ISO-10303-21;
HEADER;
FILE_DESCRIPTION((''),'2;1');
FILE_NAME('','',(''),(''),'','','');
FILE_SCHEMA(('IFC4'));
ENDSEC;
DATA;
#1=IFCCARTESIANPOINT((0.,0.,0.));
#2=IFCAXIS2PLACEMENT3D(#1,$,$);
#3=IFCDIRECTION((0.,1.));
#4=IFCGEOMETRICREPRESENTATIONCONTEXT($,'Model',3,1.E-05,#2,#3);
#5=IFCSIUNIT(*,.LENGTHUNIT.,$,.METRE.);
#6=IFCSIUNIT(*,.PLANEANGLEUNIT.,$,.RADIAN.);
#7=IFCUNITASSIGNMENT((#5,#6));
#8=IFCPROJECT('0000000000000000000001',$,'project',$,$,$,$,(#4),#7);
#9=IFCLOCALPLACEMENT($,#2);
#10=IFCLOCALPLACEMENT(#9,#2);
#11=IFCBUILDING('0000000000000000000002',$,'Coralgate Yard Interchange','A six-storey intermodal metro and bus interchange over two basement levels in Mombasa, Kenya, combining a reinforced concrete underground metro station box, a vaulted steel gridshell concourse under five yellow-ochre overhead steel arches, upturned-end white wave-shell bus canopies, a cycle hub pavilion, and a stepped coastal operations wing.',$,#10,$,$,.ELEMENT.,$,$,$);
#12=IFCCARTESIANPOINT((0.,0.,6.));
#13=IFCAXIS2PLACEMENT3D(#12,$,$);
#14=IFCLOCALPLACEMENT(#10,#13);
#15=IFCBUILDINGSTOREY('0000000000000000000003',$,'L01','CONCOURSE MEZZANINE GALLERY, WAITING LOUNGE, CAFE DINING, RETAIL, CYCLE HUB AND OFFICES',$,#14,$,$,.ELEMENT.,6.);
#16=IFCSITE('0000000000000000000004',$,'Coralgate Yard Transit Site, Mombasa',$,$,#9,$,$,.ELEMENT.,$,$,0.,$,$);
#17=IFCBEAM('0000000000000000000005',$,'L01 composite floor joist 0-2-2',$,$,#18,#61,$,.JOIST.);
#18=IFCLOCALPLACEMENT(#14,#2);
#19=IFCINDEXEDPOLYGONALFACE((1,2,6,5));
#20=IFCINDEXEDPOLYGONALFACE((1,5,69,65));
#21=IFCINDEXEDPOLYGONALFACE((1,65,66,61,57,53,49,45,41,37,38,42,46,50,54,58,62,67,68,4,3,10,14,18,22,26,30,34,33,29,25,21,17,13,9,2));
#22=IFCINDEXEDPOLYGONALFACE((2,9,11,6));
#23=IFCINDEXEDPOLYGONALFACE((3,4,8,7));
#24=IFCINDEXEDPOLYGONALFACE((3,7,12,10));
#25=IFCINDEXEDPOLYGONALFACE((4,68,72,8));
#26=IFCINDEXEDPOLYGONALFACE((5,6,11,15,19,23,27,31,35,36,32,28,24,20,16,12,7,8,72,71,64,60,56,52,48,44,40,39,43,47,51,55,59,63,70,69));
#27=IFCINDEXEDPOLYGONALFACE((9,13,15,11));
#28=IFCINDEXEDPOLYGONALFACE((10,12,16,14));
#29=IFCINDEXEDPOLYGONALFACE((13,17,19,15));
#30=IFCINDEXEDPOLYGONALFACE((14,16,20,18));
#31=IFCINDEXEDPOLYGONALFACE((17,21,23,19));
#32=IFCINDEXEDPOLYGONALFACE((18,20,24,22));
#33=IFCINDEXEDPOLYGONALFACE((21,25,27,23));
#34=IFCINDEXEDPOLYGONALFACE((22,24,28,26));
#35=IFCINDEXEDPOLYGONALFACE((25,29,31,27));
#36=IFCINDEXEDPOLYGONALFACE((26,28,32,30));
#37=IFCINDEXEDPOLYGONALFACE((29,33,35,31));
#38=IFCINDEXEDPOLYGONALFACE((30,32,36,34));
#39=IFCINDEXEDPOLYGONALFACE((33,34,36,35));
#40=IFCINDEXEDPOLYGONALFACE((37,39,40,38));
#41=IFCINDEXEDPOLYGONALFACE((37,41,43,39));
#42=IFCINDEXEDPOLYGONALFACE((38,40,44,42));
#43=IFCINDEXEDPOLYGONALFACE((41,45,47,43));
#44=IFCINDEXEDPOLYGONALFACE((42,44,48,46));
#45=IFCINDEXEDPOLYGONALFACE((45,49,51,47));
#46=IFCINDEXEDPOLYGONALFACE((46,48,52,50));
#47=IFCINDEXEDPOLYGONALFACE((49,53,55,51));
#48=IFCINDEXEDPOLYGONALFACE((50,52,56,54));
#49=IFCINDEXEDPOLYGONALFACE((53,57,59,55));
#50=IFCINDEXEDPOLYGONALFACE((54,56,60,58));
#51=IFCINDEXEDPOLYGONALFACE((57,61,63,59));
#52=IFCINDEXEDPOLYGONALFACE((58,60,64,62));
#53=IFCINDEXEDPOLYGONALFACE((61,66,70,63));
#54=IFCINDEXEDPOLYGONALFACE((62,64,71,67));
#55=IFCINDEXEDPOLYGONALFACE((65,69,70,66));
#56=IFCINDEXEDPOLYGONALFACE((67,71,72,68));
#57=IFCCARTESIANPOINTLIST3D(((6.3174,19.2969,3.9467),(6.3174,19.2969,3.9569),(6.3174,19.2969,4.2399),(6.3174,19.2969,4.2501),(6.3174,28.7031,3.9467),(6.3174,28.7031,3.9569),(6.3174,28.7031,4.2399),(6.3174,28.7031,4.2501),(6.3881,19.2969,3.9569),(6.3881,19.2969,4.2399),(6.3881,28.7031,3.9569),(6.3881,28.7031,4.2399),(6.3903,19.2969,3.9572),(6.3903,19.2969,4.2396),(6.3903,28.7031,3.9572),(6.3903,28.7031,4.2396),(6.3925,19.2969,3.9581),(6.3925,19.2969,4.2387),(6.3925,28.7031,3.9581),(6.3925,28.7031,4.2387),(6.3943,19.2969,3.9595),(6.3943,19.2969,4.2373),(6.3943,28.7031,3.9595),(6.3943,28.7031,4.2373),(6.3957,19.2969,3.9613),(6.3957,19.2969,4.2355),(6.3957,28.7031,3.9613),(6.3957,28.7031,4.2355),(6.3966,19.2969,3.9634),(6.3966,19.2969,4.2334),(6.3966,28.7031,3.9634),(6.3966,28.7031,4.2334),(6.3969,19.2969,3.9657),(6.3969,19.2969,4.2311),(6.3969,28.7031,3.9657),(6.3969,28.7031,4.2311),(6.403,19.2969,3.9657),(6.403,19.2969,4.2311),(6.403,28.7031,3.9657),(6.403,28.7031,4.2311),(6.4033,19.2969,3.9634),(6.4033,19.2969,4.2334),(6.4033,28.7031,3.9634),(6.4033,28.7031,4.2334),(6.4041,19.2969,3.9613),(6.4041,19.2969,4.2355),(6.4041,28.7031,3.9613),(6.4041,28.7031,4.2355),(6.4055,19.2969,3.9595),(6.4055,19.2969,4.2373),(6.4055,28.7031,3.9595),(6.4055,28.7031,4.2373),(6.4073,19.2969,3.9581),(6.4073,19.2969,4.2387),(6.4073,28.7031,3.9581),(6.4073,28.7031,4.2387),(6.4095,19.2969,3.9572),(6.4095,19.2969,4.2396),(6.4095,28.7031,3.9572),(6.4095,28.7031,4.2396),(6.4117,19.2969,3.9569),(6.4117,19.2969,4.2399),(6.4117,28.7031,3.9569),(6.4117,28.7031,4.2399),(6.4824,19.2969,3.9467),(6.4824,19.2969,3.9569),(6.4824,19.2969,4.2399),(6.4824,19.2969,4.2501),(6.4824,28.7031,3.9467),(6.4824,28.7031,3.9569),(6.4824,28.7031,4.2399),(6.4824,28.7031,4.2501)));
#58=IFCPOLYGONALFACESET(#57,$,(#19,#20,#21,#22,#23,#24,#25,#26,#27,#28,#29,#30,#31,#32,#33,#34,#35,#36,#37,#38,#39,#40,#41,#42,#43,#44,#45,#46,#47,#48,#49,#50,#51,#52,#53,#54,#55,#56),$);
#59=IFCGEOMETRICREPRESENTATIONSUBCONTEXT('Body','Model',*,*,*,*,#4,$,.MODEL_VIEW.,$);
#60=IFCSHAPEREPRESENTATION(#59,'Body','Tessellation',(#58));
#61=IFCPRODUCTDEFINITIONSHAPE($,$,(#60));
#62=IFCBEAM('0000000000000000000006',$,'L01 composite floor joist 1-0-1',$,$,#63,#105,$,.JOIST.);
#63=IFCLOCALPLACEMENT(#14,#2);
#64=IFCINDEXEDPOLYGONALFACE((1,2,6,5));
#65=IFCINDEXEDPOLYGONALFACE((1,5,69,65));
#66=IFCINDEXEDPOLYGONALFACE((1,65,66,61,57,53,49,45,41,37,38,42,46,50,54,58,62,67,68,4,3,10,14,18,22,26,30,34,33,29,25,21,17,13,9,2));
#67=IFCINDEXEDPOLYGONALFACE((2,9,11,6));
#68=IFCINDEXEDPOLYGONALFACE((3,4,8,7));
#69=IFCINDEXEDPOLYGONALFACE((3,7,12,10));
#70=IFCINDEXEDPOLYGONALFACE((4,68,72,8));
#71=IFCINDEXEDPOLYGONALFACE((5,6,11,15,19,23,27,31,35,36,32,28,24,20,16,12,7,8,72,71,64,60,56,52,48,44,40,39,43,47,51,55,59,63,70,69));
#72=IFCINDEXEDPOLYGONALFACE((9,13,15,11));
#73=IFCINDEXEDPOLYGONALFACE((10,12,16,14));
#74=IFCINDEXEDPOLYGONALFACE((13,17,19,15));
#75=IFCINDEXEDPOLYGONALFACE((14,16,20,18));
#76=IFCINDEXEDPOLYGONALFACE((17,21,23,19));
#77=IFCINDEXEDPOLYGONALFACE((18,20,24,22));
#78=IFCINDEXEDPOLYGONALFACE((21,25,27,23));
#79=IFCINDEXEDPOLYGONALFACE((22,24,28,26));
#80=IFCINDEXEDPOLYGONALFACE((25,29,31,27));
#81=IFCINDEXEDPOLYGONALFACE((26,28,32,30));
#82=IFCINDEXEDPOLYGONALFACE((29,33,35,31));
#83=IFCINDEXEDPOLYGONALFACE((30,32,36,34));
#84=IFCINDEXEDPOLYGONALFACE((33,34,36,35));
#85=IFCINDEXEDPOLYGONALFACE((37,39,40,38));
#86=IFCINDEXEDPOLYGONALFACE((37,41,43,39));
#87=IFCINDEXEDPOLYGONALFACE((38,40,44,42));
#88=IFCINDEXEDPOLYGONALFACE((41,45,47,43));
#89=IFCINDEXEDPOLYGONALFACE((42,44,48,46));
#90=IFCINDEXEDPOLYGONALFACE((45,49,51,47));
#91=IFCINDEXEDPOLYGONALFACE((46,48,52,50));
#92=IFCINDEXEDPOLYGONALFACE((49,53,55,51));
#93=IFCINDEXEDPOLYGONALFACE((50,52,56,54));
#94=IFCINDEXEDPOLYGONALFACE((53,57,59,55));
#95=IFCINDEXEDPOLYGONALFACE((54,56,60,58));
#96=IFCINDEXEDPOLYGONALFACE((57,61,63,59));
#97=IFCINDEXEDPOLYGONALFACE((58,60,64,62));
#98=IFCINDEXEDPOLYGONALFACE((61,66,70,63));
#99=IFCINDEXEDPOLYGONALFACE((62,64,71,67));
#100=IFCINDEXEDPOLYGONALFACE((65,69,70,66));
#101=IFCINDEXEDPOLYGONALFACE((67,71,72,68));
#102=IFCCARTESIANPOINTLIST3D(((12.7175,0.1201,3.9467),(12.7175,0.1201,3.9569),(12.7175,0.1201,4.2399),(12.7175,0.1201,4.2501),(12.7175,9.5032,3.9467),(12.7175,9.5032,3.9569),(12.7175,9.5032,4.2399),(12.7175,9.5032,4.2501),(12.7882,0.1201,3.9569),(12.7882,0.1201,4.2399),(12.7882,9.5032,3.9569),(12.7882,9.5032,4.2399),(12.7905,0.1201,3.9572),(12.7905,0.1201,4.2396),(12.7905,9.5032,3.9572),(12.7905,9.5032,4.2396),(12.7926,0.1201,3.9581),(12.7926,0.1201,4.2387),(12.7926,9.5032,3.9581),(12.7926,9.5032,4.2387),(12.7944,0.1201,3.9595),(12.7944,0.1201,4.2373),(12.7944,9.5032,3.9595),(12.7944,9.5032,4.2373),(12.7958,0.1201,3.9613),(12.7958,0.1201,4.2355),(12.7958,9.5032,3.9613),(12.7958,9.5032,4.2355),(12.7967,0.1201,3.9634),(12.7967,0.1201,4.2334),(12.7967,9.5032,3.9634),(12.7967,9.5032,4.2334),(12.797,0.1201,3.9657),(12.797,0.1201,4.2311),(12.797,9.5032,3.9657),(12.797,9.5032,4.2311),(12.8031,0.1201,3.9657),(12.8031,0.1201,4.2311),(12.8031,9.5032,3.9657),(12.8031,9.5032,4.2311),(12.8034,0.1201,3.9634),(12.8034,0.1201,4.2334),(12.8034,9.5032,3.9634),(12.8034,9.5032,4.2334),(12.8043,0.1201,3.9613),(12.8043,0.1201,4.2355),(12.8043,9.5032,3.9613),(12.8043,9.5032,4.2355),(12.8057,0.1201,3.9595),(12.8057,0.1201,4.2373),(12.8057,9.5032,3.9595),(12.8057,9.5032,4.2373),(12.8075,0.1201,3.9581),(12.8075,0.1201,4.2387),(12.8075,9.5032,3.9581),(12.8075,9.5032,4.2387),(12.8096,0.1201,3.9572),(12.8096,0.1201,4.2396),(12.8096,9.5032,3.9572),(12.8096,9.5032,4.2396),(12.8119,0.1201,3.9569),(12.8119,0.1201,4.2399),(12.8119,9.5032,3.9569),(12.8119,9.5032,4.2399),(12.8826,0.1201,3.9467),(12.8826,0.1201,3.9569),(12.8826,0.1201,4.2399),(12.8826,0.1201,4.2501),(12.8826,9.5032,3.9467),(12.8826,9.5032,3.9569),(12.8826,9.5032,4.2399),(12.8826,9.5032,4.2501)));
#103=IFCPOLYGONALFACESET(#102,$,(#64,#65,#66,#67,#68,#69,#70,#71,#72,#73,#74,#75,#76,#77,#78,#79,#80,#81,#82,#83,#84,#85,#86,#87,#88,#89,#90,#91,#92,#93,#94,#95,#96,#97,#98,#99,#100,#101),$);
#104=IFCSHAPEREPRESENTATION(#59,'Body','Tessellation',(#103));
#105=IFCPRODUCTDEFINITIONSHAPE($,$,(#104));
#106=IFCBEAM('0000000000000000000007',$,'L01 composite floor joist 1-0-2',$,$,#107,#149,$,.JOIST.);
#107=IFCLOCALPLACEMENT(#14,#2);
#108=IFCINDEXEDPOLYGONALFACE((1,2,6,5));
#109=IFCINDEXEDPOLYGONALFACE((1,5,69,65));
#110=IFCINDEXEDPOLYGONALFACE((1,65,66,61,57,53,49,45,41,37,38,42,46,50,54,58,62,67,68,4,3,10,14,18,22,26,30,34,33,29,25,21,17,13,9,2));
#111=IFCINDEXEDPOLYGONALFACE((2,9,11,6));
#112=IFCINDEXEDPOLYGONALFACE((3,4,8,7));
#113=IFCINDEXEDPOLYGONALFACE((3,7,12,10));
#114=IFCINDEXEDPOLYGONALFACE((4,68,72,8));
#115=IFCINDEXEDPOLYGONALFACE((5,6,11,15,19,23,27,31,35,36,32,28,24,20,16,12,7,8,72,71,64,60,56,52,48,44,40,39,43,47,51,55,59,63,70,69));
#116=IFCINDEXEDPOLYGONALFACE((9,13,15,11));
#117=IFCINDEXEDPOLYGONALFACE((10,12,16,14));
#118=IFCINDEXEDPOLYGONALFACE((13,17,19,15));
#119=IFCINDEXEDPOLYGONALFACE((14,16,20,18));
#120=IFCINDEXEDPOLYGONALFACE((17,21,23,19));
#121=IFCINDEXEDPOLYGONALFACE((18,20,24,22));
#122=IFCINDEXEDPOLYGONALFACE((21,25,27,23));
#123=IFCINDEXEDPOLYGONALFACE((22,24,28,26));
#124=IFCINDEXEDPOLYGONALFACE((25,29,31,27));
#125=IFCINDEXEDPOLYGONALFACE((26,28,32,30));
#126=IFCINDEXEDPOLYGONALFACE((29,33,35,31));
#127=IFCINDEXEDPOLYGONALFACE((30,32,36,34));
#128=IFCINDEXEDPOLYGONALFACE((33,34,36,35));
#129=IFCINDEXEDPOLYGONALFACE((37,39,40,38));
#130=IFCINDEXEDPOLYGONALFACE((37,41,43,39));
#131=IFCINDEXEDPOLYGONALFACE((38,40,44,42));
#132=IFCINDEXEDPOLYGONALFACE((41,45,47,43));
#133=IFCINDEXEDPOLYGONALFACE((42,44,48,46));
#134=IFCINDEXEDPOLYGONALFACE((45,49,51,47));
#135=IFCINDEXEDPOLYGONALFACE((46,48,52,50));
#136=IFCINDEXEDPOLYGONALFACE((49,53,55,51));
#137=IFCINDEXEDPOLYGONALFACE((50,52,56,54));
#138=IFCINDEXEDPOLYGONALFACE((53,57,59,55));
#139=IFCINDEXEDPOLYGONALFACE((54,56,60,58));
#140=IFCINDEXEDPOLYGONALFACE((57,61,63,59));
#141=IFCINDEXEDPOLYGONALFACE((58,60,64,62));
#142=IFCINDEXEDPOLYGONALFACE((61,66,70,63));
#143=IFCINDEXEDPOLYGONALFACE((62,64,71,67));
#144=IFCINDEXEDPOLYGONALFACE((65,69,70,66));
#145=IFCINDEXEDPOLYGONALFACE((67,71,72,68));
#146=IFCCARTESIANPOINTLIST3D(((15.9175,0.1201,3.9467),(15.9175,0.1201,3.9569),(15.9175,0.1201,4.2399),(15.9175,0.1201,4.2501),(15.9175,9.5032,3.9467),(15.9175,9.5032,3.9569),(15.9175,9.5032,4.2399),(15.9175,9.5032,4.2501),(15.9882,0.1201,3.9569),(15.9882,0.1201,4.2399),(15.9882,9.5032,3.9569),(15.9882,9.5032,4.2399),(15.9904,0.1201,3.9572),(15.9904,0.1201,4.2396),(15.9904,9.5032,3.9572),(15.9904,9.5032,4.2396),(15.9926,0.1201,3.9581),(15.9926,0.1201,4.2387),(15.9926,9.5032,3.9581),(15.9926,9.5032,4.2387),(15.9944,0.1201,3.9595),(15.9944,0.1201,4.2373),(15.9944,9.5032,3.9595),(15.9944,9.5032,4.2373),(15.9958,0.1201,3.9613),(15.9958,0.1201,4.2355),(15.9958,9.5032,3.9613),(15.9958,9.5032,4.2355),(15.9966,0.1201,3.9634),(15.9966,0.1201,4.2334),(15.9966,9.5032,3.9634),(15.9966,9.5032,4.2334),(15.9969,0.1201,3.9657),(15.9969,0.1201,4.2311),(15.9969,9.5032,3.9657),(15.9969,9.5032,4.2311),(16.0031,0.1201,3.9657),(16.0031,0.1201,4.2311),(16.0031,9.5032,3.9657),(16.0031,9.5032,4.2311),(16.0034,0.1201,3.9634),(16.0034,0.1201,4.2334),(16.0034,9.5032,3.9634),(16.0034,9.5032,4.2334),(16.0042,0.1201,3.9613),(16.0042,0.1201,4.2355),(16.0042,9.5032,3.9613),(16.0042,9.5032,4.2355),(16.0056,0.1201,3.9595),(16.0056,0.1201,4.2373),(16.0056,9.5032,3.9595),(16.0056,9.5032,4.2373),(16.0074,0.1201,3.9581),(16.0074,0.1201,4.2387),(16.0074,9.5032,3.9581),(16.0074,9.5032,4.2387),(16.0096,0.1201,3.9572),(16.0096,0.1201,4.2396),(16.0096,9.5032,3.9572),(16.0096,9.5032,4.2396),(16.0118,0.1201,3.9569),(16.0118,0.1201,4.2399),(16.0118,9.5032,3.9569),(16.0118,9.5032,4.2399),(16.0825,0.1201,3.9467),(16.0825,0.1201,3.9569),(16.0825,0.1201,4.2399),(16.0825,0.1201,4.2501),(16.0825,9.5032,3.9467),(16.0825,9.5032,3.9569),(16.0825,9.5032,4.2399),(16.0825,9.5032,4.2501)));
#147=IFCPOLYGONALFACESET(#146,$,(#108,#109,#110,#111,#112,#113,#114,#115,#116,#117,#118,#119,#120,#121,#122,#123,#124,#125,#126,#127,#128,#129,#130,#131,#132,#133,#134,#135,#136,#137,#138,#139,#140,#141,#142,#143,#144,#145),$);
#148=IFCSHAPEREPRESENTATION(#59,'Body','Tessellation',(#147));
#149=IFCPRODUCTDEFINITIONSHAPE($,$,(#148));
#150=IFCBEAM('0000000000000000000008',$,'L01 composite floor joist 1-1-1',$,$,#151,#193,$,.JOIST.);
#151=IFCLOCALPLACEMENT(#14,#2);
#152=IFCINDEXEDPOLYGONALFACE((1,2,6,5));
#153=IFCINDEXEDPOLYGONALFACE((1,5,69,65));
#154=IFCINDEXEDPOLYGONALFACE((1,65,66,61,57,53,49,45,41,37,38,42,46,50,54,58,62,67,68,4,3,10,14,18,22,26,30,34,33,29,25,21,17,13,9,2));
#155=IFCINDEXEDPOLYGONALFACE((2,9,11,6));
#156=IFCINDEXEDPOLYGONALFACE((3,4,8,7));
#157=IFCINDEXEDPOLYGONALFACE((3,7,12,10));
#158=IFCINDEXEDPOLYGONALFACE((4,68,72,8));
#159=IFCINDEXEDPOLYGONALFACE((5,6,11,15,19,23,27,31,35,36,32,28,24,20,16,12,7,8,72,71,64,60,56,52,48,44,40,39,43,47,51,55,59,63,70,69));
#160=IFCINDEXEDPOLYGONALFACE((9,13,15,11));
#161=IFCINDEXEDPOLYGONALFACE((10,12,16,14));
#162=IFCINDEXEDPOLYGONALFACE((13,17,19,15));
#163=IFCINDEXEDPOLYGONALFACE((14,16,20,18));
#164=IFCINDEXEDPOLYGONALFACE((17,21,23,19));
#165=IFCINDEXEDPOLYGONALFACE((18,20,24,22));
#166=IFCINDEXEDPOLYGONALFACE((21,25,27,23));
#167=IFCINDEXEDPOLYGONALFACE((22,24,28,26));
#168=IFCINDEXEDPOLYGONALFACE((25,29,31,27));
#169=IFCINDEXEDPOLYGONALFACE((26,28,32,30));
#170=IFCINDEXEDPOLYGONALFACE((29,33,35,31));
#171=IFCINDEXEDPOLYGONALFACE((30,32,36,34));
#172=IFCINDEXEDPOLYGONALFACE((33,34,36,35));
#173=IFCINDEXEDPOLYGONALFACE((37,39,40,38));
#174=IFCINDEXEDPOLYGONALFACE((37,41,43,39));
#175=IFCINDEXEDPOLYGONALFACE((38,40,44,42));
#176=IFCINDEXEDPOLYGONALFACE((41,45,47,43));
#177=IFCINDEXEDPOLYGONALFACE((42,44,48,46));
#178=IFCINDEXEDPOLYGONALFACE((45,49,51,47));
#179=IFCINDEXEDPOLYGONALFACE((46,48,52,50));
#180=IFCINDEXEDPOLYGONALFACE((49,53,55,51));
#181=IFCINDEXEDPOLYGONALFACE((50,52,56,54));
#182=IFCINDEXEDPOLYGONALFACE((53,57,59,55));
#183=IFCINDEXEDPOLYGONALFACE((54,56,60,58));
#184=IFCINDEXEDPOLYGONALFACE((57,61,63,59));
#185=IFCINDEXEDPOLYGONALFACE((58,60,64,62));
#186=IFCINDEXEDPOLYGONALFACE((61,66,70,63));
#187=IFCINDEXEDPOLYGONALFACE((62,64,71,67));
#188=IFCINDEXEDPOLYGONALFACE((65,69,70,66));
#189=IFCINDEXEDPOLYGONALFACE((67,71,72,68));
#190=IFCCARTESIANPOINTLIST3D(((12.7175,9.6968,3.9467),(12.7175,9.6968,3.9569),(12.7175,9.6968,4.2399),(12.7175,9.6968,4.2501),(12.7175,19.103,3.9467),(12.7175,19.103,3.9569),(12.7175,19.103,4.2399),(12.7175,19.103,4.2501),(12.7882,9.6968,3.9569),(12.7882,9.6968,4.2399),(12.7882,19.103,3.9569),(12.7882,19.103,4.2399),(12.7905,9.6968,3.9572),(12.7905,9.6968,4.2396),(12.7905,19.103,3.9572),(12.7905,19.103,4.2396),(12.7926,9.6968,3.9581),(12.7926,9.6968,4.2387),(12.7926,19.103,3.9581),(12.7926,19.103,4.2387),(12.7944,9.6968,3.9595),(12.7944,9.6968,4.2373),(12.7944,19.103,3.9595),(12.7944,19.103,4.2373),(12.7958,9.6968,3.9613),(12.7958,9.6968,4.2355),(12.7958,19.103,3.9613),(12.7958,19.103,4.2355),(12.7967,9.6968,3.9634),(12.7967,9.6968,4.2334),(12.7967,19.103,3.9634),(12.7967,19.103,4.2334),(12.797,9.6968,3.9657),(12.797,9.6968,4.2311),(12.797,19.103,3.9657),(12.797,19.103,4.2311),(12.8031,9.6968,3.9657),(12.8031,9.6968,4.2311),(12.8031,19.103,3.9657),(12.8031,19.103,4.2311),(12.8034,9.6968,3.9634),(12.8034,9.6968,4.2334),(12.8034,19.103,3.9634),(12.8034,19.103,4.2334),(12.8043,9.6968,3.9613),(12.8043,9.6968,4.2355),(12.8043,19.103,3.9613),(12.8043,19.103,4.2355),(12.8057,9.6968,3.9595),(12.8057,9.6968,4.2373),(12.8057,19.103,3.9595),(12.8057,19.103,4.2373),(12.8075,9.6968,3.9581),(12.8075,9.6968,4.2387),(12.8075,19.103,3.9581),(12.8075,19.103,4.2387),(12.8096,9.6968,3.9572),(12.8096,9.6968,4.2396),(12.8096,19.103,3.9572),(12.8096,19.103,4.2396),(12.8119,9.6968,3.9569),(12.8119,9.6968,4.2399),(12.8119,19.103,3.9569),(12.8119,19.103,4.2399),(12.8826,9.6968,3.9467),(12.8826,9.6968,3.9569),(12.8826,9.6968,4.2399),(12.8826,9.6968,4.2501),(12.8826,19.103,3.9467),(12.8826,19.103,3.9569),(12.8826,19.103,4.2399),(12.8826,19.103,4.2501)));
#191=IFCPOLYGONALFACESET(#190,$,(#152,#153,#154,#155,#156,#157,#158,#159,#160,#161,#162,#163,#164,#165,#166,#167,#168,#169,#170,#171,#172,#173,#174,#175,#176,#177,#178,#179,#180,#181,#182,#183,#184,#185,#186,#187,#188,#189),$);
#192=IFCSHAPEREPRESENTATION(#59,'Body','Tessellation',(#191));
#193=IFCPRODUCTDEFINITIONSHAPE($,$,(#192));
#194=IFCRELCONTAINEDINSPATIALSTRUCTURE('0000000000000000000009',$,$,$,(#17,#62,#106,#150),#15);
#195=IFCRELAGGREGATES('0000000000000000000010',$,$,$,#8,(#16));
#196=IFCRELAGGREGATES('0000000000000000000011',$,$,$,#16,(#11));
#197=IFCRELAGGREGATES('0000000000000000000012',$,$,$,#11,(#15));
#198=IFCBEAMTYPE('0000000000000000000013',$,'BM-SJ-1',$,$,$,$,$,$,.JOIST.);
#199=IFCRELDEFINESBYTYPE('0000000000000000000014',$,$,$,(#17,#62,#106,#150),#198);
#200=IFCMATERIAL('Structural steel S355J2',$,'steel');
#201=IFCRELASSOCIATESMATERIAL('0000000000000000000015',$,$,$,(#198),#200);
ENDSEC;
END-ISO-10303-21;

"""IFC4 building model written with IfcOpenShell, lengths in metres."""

from ifc_helpers import new_model, si_unit, direction, frame, origin, origin_2d, place, context, subcontext, project, spatial, i_section, extrude, material, material_profile, profile_set, type_object, element, save


model = new_model("IFC4")

# Units and contexts
model_context = context("Model", 3, precision=1e-05, world=origin(), true_north=direction((0.0, 1.0)))
body_context = subcontext(model_context, "Body", "Model", "MODEL_VIEW")
ifc_project = project(units=[si_unit("LENGTHUNIT", "METRE"), si_unit("PLANEANGLEUNIT", "RADIAN")], contexts=[model_context])

# Site, building, storey
site_placement = place(None, origin())
site = spatial("IfcSite", under=ifc_project, at=site_placement, Name="Coralgate Yard Transit Site, Mombasa", CompositionType="ELEMENT", RefElevation=0.0)
building_placement = place(site_placement, origin())
building = spatial("IfcBuilding", under=site, at=building_placement, Name="Coralgate Yard Interchange", Description="A six-storey intermodal metro and bus interchange over two basement levels in Mombasa, Kenya, combining a reinforced concrete underground metro station box, a vaulted steel gridshell concourse under five yellow-ochre overhead steel arches, upturned-end white wave-shell bus canopies, a cycle hub pavilion, and a stepped coastal operations wing.", CompositionType="ELEMENT")
storey_placement = place(building_placement, frame((0.0, 0.0, 6.0)))
storey = spatial("IfcBuildingStorey", under=building, at=storey_placement, Name="L01", Description="CONCOURSE MEZZANINE GALLERY, WAITING LOUNGE, CAFE DINING, RETAIL, CYCLE HUB AND OFFICES", CompositionType="ELEMENT", Elevation=6.0)

# Shared definitions
ifc_material_1 = material(Name="Structural steel S355J2", Category="steel")

# Beams
ifc_material_profile_1 = material_profile(ifc_material_1, i_section(OverallWidth=0.165, OverallDepth=0.3035, WebThickness=0.0061, FlangeThickness=0.0103, FilletRadius=0.0088, at=origin_2d()), Name="UB 305x165x40")
ifc_profile_set_1 = profile_set([ifc_material_profile_1], Name="Structural steel S355J2")
beam_type_1 = type_object("IfcBeamType", Name="BM-SJ-1", PredefinedType="JOIST", material=ifc_profile_set_1)
for number, where, z_axis, x_axis, name in (
    (1, (6.3999, 19.2969, 4.0984), (0.0, 1.0, 0.0), (-1.0, 0.0, 0.0), "L01 composite floor joist 0-2-2"),
):
    element("IfcBeam", number, at=place(storey_placement, frame(where, z_axis=z_axis, x_axis=x_axis)), inside=storey, type_object=beam_type_1, Name=name, PredefinedType="JOIST", context=body_context, shape_type="SweptSolid", body=[
        extrude(i_section(OverallWidth=0.165, OverallDepth=0.3035, WebThickness=0.0061, FlangeThickness=0.0103, FilletRadius=0.0088, at=origin_2d()), origin(), (0.0, 0.0, 1.0), 9.4062),
    ])
for number, where, z_axis, x_axis, name in (
    (2, (12.8, 0.1201, 4.0984), (0.0, 1.0, 0.0), (-1.0, 0.0, 0.0), "L01 composite floor joist 1-0-1"),
    (3, (16.0, 0.1201, 4.0984), (0.0, 1.0, 0.0), (-1.0, 0.0, 0.0), "L01 composite floor joist 1-0-2"),
):
    element("IfcBeam", number, at=place(storey_placement, frame(where, z_axis=z_axis, x_axis=x_axis)), inside=storey, type_object=beam_type_1, Name=name, PredefinedType="JOIST", context=body_context, shape_type="SweptSolid", body=[
        extrude(i_section(OverallWidth=0.165, OverallDepth=0.3035, WebThickness=0.0061, FlangeThickness=0.0103, FilletRadius=0.0088, at=origin_2d()), origin(), (0.0, 0.0, 1.0), 9.3831),
    ])
for number, where, z_axis, x_axis, name in (
    (4, (12.8, 9.6968, 4.0984), (0.0, 1.0, 0.0), (-1.0, 0.0, 0.0), "L01 composite floor joist 1-1-1"),
):
    element("IfcBeam", number, at=place(storey_placement, frame(where, z_axis=z_axis, x_axis=x_axis)), inside=storey, type_object=beam_type_1, Name=name, PredefinedType="JOIST", context=body_context, shape_type="SweptSolid", body=[
        extrude(i_section(OverallWidth=0.165, OverallDepth=0.3035, WebThickness=0.0061, FlangeThickness=0.0103, FilletRadius=0.0088, at=origin_2d()), origin(), (0.0, 0.0, 1.0), 9.4062),
    ])

save(model, "model.ifc")
